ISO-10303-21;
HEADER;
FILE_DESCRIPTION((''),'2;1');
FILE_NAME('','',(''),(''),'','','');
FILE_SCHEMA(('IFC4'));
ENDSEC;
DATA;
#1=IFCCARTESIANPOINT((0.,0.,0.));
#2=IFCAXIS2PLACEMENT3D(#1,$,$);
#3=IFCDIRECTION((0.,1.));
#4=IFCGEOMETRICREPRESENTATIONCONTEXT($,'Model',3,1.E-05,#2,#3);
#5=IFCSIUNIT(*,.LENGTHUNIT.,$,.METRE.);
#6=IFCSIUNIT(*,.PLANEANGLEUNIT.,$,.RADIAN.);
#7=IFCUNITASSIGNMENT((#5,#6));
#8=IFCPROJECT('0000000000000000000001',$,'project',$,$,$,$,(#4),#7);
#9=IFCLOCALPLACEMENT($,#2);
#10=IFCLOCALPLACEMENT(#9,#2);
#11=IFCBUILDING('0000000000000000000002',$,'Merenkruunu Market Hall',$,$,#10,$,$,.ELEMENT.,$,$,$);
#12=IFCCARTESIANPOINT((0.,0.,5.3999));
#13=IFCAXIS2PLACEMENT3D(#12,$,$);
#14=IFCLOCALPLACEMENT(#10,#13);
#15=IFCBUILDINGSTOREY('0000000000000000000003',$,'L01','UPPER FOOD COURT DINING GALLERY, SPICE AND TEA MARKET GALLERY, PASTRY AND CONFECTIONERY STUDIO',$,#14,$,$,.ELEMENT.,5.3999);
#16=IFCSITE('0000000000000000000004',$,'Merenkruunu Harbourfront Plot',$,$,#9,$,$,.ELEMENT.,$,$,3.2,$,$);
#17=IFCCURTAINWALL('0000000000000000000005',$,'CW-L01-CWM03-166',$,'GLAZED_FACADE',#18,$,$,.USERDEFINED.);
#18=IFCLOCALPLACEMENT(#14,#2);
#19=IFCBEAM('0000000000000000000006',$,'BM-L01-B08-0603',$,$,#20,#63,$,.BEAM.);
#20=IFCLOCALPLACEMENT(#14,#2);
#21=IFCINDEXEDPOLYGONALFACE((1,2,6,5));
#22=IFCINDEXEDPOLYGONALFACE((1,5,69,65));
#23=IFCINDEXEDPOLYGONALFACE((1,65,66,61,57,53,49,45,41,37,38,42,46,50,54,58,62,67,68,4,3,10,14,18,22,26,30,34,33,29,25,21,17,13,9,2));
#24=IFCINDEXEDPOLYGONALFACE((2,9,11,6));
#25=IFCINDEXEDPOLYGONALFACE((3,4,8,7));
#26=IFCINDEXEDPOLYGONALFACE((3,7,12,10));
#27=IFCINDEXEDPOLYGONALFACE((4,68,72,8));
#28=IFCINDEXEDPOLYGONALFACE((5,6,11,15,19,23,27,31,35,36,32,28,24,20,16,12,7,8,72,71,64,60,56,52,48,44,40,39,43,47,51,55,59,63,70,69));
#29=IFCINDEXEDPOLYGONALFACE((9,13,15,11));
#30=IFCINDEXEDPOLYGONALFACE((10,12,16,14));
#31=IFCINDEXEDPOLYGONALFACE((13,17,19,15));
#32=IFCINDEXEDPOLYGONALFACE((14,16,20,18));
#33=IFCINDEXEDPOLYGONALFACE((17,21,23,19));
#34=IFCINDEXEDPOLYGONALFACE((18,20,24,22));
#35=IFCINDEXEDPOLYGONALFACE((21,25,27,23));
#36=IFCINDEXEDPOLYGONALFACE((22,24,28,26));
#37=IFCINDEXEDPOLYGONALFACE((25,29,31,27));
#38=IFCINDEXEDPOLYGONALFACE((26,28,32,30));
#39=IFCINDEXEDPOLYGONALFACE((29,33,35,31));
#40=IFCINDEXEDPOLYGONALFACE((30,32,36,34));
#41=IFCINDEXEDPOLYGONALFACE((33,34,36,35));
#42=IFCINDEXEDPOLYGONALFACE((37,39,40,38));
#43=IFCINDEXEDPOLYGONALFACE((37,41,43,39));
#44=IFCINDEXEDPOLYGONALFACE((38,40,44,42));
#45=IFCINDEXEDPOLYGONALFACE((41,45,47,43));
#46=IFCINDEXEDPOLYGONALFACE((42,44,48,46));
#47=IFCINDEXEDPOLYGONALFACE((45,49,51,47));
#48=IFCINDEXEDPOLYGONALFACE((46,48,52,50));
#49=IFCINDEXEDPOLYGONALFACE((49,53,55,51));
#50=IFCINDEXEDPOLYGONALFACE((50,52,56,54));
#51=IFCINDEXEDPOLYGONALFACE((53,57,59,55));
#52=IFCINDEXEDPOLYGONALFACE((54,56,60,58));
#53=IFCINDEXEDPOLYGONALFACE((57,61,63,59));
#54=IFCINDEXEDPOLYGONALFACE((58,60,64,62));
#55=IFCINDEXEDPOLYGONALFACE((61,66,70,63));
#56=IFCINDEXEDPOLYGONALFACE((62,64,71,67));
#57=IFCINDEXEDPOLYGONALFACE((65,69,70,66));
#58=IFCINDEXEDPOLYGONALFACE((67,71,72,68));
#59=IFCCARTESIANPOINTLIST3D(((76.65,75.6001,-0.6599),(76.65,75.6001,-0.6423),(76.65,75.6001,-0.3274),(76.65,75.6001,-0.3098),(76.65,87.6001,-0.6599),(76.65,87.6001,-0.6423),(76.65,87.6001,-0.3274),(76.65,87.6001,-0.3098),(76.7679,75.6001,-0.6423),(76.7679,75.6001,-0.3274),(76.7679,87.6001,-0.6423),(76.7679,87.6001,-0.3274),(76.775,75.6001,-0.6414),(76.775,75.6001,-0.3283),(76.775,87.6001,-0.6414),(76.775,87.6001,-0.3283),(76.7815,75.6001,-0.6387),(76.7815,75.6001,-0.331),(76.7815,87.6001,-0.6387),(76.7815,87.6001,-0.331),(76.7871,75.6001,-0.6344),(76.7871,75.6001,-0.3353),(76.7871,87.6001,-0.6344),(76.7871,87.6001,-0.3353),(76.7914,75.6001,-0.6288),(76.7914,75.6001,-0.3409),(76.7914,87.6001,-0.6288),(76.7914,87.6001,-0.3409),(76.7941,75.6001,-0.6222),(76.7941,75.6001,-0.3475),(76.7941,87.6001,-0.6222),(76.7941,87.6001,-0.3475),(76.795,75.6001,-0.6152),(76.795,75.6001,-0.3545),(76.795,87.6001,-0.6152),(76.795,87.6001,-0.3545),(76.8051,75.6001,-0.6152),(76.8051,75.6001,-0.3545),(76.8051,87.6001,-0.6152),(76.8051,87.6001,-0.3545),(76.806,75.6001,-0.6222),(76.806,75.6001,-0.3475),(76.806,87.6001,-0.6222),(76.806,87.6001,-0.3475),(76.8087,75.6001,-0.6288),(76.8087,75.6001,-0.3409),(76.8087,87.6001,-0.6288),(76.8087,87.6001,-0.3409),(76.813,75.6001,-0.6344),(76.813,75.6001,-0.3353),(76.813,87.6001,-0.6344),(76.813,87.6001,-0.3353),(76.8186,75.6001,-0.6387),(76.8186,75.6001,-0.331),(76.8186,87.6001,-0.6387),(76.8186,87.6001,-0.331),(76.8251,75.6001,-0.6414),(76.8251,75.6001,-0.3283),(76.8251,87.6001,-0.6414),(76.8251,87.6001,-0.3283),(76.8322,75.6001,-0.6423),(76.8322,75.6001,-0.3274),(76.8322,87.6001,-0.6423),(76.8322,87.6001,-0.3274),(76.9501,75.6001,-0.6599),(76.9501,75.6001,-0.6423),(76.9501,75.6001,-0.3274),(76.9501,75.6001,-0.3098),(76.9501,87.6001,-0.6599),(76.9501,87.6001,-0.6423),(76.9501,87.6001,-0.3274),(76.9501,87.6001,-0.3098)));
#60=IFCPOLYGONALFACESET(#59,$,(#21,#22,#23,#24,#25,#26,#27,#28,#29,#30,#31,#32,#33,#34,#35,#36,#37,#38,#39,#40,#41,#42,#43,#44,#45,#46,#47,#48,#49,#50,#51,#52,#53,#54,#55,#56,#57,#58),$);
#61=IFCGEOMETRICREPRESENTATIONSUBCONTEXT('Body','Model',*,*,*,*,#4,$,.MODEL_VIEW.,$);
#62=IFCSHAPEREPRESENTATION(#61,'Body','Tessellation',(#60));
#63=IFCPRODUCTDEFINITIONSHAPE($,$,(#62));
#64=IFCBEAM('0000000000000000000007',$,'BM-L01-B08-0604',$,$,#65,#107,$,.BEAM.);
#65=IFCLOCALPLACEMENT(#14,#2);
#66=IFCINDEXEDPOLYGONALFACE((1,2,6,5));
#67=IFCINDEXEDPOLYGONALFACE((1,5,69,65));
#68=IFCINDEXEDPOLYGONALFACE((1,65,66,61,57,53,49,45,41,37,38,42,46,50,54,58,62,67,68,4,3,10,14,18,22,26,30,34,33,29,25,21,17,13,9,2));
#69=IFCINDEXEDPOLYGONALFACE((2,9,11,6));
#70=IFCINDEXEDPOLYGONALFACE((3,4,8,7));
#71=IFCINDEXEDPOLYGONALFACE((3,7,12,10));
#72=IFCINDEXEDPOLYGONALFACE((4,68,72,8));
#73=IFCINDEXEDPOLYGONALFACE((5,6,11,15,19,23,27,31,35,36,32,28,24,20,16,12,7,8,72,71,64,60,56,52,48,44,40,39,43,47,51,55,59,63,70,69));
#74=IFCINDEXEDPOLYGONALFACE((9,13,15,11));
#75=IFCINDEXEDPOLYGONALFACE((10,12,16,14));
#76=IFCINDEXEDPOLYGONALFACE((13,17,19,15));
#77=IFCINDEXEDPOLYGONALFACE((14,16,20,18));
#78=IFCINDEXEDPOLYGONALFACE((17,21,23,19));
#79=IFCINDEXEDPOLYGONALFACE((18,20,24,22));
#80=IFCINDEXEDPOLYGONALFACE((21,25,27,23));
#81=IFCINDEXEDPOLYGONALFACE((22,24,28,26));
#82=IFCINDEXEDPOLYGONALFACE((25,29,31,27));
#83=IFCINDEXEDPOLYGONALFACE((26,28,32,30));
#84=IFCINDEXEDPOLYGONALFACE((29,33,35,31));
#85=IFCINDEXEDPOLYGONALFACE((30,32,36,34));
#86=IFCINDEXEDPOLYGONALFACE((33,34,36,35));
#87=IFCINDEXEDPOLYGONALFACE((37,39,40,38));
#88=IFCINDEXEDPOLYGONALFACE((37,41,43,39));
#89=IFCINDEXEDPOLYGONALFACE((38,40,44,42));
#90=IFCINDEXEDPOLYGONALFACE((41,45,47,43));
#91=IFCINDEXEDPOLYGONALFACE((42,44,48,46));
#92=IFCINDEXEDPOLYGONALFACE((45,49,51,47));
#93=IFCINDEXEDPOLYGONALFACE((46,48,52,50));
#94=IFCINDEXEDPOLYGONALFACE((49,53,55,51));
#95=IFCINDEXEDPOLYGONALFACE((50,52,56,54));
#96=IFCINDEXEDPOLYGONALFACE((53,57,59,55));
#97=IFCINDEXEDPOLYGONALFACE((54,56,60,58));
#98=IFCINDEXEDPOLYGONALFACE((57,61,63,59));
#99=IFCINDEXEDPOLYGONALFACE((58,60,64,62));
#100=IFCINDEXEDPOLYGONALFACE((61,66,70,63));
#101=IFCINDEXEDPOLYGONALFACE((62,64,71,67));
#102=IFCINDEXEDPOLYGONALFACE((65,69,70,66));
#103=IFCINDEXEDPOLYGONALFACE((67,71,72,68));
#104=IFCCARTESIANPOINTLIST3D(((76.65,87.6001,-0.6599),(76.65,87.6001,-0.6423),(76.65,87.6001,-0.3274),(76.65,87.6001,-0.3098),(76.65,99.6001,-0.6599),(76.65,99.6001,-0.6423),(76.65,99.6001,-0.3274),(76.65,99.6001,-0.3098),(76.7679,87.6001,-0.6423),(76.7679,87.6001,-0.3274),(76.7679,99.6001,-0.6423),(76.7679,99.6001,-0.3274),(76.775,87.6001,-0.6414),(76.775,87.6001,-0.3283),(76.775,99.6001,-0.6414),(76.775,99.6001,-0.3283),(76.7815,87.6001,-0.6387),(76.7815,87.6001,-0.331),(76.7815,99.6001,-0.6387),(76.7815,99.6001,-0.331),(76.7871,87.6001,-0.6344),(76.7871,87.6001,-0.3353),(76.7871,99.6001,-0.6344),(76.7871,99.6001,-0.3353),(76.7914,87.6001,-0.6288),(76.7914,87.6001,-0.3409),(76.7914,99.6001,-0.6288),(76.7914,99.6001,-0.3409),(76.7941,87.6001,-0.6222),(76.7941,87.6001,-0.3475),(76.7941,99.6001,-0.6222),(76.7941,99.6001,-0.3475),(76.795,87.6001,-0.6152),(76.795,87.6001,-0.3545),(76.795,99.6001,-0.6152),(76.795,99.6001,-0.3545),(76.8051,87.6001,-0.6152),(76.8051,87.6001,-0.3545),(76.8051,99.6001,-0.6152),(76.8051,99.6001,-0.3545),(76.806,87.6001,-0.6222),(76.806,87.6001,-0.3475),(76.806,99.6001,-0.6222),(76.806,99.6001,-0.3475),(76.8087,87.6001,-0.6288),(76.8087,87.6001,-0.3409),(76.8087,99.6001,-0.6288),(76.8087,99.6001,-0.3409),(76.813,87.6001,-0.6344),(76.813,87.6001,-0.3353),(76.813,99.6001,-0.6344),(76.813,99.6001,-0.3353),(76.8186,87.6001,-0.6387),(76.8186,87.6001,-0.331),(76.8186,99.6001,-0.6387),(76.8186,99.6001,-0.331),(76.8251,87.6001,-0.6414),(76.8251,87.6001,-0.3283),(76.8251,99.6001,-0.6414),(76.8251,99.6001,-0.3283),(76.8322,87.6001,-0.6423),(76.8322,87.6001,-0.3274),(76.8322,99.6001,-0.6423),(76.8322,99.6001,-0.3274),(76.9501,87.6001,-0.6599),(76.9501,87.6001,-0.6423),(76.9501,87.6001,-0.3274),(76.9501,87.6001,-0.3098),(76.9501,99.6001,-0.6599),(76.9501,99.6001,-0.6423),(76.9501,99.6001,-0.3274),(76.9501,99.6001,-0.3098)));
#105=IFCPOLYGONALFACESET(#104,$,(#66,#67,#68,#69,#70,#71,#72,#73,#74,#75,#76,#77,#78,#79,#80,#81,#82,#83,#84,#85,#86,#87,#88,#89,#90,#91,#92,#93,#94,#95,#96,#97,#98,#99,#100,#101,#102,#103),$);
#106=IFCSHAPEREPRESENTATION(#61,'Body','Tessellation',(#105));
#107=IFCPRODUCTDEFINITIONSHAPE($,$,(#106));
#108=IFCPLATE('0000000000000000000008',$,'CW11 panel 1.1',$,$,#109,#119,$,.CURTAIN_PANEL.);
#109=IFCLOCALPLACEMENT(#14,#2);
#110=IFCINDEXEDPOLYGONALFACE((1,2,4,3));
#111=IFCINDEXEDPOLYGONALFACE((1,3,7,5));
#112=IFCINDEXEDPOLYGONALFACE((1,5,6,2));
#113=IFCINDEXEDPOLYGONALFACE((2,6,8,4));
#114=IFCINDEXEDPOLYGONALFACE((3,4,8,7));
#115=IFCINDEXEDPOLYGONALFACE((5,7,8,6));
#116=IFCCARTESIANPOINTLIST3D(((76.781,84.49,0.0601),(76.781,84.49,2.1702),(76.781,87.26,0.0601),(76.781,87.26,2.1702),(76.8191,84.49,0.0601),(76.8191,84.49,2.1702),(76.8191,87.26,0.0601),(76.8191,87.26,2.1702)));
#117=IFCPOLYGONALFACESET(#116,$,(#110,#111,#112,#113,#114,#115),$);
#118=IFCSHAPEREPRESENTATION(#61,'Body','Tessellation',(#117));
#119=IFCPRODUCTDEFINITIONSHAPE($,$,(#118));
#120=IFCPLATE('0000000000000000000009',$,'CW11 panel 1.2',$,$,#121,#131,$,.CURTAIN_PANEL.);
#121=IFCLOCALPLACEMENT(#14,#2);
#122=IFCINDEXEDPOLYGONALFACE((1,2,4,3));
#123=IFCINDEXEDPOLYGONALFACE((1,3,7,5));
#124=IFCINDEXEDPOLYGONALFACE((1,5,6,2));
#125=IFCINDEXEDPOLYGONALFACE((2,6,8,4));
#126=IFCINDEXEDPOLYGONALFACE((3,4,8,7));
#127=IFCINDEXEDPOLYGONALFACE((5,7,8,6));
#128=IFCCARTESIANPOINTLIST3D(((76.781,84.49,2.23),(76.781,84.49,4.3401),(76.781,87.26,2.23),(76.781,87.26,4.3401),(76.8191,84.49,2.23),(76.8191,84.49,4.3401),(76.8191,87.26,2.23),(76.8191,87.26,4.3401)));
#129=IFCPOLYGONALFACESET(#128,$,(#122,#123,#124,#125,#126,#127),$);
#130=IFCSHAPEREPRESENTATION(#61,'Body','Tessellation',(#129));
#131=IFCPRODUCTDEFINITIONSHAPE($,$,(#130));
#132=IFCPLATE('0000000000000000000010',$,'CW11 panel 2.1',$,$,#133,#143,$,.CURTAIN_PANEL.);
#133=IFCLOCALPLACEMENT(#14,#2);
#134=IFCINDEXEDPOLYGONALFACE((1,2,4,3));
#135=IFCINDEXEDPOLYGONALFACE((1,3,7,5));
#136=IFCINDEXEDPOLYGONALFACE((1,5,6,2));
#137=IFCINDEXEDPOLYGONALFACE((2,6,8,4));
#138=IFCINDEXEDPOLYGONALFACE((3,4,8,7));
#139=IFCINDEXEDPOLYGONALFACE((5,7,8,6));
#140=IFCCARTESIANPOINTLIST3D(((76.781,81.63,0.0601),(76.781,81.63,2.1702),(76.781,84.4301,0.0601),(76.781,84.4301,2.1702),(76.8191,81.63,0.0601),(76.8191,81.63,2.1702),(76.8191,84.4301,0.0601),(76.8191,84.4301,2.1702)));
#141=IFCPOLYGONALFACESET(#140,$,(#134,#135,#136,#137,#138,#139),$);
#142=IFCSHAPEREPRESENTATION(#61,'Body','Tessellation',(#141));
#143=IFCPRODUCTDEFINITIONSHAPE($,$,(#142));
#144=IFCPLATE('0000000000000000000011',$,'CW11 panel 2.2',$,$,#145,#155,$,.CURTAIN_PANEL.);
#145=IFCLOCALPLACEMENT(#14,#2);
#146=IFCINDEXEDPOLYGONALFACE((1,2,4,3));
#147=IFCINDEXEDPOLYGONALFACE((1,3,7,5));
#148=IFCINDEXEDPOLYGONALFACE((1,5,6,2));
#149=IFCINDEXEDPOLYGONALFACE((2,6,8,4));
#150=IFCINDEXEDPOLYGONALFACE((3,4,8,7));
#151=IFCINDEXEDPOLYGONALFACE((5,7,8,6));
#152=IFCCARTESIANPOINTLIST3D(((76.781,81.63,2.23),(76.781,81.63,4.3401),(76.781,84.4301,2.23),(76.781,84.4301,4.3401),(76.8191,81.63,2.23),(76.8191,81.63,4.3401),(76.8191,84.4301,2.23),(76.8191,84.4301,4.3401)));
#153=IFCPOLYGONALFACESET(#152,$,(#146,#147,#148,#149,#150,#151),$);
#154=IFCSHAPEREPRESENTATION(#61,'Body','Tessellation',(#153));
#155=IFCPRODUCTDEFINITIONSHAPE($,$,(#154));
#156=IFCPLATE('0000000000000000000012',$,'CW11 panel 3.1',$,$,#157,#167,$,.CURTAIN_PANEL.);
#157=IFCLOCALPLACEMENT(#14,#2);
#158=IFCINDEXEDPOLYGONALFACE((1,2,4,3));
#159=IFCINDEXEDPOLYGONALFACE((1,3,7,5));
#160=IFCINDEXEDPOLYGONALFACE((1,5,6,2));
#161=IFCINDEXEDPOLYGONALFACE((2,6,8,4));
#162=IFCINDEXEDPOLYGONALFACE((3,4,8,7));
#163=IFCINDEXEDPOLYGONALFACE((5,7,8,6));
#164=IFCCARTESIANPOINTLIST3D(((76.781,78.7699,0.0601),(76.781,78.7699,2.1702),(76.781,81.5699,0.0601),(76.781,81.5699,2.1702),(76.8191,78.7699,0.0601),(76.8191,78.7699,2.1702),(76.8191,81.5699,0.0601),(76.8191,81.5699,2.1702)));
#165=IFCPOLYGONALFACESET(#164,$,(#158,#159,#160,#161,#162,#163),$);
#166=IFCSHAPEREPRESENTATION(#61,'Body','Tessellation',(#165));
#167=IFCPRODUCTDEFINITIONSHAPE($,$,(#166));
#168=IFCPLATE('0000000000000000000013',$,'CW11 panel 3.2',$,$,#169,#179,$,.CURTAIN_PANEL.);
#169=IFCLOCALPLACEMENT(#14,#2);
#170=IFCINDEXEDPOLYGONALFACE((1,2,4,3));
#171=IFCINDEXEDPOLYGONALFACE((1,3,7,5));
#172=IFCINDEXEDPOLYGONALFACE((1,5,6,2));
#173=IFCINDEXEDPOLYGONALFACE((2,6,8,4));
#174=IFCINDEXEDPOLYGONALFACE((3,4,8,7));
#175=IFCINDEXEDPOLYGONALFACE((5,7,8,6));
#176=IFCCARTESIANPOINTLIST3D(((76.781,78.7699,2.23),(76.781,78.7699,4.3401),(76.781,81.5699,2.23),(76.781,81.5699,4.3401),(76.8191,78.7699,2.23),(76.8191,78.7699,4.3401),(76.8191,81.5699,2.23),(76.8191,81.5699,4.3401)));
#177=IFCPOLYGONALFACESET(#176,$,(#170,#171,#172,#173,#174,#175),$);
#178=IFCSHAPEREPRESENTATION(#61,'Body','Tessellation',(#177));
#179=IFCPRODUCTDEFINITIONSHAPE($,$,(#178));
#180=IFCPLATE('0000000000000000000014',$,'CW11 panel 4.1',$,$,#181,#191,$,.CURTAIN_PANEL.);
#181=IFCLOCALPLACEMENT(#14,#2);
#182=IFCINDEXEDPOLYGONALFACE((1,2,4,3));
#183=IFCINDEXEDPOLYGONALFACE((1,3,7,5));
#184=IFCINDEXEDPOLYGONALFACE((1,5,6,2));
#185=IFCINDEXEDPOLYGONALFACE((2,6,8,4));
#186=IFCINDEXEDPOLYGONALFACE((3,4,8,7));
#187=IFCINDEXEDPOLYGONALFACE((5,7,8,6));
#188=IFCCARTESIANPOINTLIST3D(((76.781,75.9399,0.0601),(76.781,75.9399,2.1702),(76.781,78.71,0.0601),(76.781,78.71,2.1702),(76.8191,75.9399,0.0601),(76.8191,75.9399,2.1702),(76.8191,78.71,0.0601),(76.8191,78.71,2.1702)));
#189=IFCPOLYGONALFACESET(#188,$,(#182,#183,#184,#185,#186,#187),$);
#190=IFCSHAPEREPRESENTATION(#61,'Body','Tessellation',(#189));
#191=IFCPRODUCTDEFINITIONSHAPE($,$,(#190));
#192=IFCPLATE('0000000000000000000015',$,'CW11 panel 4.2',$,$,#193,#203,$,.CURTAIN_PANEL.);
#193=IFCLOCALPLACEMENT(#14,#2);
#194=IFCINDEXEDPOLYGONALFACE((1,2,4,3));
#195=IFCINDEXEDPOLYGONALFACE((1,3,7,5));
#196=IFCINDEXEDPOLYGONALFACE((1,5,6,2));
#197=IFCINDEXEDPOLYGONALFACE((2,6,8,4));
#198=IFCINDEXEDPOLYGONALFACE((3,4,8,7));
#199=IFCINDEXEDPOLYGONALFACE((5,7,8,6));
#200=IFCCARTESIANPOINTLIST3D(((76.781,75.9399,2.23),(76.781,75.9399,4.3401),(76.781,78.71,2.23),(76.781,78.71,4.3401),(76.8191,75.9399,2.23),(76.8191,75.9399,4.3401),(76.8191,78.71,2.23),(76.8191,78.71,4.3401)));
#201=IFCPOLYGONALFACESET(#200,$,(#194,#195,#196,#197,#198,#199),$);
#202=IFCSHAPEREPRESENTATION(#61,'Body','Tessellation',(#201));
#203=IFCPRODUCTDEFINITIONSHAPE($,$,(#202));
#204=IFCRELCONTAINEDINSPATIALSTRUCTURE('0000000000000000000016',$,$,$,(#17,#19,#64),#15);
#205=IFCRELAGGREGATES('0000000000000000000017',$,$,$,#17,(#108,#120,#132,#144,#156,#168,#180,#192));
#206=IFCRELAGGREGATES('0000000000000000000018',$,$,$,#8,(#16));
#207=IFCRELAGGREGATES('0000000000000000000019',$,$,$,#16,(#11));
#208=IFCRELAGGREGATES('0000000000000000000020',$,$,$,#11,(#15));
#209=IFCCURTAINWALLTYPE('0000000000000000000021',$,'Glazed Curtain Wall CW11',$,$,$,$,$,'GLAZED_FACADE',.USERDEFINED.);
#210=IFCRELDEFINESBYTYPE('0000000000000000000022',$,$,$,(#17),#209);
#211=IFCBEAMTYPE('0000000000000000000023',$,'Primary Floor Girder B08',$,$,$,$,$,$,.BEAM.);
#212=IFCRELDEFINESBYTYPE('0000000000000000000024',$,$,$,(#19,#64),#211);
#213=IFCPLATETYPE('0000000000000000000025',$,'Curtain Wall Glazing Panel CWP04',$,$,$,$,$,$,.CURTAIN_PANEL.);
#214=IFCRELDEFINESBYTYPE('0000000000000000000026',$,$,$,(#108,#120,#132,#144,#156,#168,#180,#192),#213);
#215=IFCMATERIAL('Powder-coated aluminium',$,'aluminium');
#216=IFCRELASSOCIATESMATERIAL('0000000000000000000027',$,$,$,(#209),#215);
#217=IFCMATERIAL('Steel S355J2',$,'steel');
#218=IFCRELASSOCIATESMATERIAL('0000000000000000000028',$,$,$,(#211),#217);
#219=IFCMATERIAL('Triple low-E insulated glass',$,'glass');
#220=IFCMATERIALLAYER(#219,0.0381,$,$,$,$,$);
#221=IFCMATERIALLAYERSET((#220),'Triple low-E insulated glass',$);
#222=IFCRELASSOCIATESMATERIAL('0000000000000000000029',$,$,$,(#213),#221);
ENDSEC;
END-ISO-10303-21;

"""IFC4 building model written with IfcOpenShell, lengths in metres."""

from ifc_helpers import new_model, si_unit, direction, frame, origin, origin_2d, place, context, subcontext, project, spatial, rectangle, i_section, extrude, material, layer, layer_set, material_profile, profile_set, type_object, element, aggregate, save


model = new_model("IFC4")

# Units and contexts
model_context = context("Model", 3, precision=1e-05, world=origin(), true_north=direction((0.0, 1.0)))
body_context = subcontext(model_context, "Body", "Model", "MODEL_VIEW")
ifc_project = project(units=[si_unit("LENGTHUNIT", "METRE"), si_unit("PLANEANGLEUNIT", "RADIAN")], contexts=[model_context])

# Site, building, storey
site_placement = place(None, origin())
site = spatial("IfcSite", under=ifc_project, at=site_placement, Name="Merenkruunu Harbourfront Plot", CompositionType="ELEMENT", RefElevation=3.2)
building_placement = place(site_placement, origin())
building = spatial("IfcBuilding", under=site, at=building_placement, Name="Merenkruunu Market Hall", CompositionType="ELEMENT")
storey_placement = place(building_placement, frame((0.0, 0.0, 5.3999)))
storey = spatial("IfcBuildingStorey", under=building, at=storey_placement, Name="L01", Description="UPPER FOOD COURT DINING GALLERY, SPICE AND TEA MARKET GALLERY, PASTRY AND CONFECTIONERY STUDIO", CompositionType="ELEMENT", Elevation=5.3999)

# Shared definitions
ifc_material_1 = material(Name="Powder-coated aluminium", Category="aluminium")
curtain_wall_type = type_object("IfcCurtainWallType", Name="Glazed Curtain Wall CW11", ElementType="GLAZED_FACADE", PredefinedType="USERDEFINED", material=ifc_material_1)

# Curtain wall
curtain_wall_1_placement = place(storey_placement, origin())
curtain_wall_1 = element("IfcCurtainWall", 1, at=curtain_wall_1_placement, inside=storey, type_object=curtain_wall_type, Name="CW-L01-CWM03-166", ObjectType="GLAZED_FACADE", PredefinedType="USERDEFINED")

# Beams
ifc_material_2 = material(Name="Steel S355J2", Category="steel")
ifc_material_profile_1 = material_profile(ifc_material_2, i_section(OverallWidth=0.3, OverallDepth=0.3501, WebThickness=0.01, FlangeThickness=0.0176, FilletRadius=0.0271, at=origin_2d()), Name="HEA 360")
ifc_profile_set_1 = profile_set([ifc_material_profile_1], Name="Steel S355J2")
beam_type_1 = type_object("IfcBeamType", Name="Primary Floor Girder B08", PredefinedType="BEAM", material=ifc_profile_set_1)
for number, where, z_axis, x_axis, name in (
    (2, (76.8, 75.6001, -0.4849), (0.0, 1.0, 0.0), (-1.0, 0.0, 0.0), "BM-L01-B08-0603"),
    (3, (76.8, 87.6001, -0.4849), (0.0, 1.0, 0.0), (-1.0, 0.0, 0.0), "BM-L01-B08-0604"),
):
    element("IfcBeam", number, at=place(storey_placement, frame(where, z_axis=z_axis, x_axis=x_axis)), inside=storey, type_object=beam_type_1, Name=name, PredefinedType="BEAM", context=body_context, shape_type="SweptSolid", body=[
        extrude(i_section(OverallWidth=0.3, OverallDepth=0.3501, WebThickness=0.01, FlangeThickness=0.0176, FilletRadius=0.0271, at=origin_2d()), origin(), (0.0, 0.0, 1.0), 12.0),
    ])

# Plates
ifc_material_3 = material(Name="Triple low-E insulated glass", Category="glass")
ifc_layer_1 = layer(ifc_material_3, 0.0381)
ifc_layer_set_1 = layer_set([ifc_layer_1], Name="Triple low-E insulated glass")
plate_type = type_object("IfcPlateType", Name="Curtain Wall Glazing Panel CWP04", PredefinedType="CURTAIN_PANEL", material=ifc_layer_set_1)
plate_1_placement = place(storey_placement, frame((76.8, 85.875, 0.0601), z_axis=(0.0, 0.0, 1.0), x_axis=(0.0, -1.0, 0.0)))
plate_1 = element("IfcPlate", 4, at=plate_1_placement, type_object=plate_type, Name="CW11 panel 1.1", PredefinedType="CURTAIN_PANEL", context=body_context, shape_type="SweptSolid", body=[
    extrude(rectangle(XDim=2.77, YDim=0.0381, at=origin_2d()), origin(), (0.0, 0.0, 1.0), 2.1101),
])
plate_2_placement = place(storey_placement, frame((76.8, 85.875, 2.23), z_axis=(0.0, 0.0, 1.0), x_axis=(0.0, -1.0, 0.0)))
plate_2 = element("IfcPlate", 5, at=plate_2_placement, type_object=plate_type, Name="CW11 panel 1.2", PredefinedType="CURTAIN_PANEL", context=body_context, shape_type="SweptSolid", body=[
    extrude(rectangle(XDim=2.77, YDim=0.0381, at=origin_2d()), origin(), (0.0, 0.0, 1.0), 2.1101),
])
plate_3_placement = place(storey_placement, frame((76.8, 83.03, 0.0601), z_axis=(0.0, 0.0, 1.0), x_axis=(0.0, -1.0, 0.0)))
plate_3 = element("IfcPlate", 6, at=plate_3_placement, type_object=plate_type, Name="CW11 panel 2.1", PredefinedType="CURTAIN_PANEL", context=body_context, shape_type="SweptSolid", body=[
    extrude(rectangle(XDim=2.8, YDim=0.0381, at=origin_2d()), origin(), (0.0, 0.0, 1.0), 2.1101),
])
plate_4_placement = place(storey_placement, frame((76.8, 83.03, 2.23), z_axis=(0.0, 0.0, 1.0), x_axis=(0.0, -1.0, 0.0)))
plate_4 = element("IfcPlate", 7, at=plate_4_placement, type_object=plate_type, Name="CW11 panel 2.2", PredefinedType="CURTAIN_PANEL", context=body_context, shape_type="SweptSolid", body=[
    extrude(rectangle(XDim=2.8, YDim=0.0381, at=origin_2d()), origin(), (0.0, 0.0, 1.0), 2.1101),
])
plate_5_placement = place(storey_placement, frame((76.8, 80.1699, 0.0601), z_axis=(0.0, 0.0, 1.0), x_axis=(0.0, -1.0, 0.0)))
plate_5 = element("IfcPlate", 8, at=plate_5_placement, type_object=plate_type, Name="CW11 panel 3.1", PredefinedType="CURTAIN_PANEL", context=body_context, shape_type="SweptSolid", body=[
    extrude(rectangle(XDim=2.8, YDim=0.0381, at=origin_2d()), origin(), (0.0, 0.0, 1.0), 2.1101),
])
plate_6_placement = place(storey_placement, frame((76.8, 80.1699, 2.23), z_axis=(0.0, 0.0, 1.0), x_axis=(0.0, -1.0, 0.0)))
plate_6 = element("IfcPlate", 9, at=plate_6_placement, type_object=plate_type, Name="CW11 panel 3.2", PredefinedType="CURTAIN_PANEL", context=body_context, shape_type="SweptSolid", body=[
    extrude(rectangle(XDim=2.8, YDim=0.0381, at=origin_2d()), origin(), (0.0, 0.0, 1.0), 2.1101),
])
plate_7_placement = place(storey_placement, frame((76.8, 77.325, 0.0601), z_axis=(0.0, 0.0, 1.0), x_axis=(0.0, -1.0, 0.0)))
plate_7 = element("IfcPlate", 10, at=plate_7_placement, type_object=plate_type, Name="CW11 panel 4.1", PredefinedType="CURTAIN_PANEL", context=body_context, shape_type="SweptSolid", body=[
    extrude(rectangle(XDim=2.77, YDim=0.0381, at=origin_2d()), origin(), (0.0, 0.0, 1.0), 2.1101),
])
plate_8_placement = place(storey_placement, frame((76.8, 77.325, 2.23), z_axis=(0.0, 0.0, 1.0), x_axis=(0.0, -1.0, 0.0)))
plate_8 = element("IfcPlate", 11, at=plate_8_placement, type_object=plate_type, Name="CW11 panel 4.2", PredefinedType="CURTAIN_PANEL", context=body_context, shape_type="SweptSolid", body=[
    extrude(rectangle(XDim=2.77, YDim=0.0381, at=origin_2d()), origin(), (0.0, 0.0, 1.0), 2.1101),
])
aggregate(curtain_wall_1, [plate_1, plate_2, plate_3, plate_4, plate_5, plate_6, plate_7, plate_8])

save(model, "model.ifc")
